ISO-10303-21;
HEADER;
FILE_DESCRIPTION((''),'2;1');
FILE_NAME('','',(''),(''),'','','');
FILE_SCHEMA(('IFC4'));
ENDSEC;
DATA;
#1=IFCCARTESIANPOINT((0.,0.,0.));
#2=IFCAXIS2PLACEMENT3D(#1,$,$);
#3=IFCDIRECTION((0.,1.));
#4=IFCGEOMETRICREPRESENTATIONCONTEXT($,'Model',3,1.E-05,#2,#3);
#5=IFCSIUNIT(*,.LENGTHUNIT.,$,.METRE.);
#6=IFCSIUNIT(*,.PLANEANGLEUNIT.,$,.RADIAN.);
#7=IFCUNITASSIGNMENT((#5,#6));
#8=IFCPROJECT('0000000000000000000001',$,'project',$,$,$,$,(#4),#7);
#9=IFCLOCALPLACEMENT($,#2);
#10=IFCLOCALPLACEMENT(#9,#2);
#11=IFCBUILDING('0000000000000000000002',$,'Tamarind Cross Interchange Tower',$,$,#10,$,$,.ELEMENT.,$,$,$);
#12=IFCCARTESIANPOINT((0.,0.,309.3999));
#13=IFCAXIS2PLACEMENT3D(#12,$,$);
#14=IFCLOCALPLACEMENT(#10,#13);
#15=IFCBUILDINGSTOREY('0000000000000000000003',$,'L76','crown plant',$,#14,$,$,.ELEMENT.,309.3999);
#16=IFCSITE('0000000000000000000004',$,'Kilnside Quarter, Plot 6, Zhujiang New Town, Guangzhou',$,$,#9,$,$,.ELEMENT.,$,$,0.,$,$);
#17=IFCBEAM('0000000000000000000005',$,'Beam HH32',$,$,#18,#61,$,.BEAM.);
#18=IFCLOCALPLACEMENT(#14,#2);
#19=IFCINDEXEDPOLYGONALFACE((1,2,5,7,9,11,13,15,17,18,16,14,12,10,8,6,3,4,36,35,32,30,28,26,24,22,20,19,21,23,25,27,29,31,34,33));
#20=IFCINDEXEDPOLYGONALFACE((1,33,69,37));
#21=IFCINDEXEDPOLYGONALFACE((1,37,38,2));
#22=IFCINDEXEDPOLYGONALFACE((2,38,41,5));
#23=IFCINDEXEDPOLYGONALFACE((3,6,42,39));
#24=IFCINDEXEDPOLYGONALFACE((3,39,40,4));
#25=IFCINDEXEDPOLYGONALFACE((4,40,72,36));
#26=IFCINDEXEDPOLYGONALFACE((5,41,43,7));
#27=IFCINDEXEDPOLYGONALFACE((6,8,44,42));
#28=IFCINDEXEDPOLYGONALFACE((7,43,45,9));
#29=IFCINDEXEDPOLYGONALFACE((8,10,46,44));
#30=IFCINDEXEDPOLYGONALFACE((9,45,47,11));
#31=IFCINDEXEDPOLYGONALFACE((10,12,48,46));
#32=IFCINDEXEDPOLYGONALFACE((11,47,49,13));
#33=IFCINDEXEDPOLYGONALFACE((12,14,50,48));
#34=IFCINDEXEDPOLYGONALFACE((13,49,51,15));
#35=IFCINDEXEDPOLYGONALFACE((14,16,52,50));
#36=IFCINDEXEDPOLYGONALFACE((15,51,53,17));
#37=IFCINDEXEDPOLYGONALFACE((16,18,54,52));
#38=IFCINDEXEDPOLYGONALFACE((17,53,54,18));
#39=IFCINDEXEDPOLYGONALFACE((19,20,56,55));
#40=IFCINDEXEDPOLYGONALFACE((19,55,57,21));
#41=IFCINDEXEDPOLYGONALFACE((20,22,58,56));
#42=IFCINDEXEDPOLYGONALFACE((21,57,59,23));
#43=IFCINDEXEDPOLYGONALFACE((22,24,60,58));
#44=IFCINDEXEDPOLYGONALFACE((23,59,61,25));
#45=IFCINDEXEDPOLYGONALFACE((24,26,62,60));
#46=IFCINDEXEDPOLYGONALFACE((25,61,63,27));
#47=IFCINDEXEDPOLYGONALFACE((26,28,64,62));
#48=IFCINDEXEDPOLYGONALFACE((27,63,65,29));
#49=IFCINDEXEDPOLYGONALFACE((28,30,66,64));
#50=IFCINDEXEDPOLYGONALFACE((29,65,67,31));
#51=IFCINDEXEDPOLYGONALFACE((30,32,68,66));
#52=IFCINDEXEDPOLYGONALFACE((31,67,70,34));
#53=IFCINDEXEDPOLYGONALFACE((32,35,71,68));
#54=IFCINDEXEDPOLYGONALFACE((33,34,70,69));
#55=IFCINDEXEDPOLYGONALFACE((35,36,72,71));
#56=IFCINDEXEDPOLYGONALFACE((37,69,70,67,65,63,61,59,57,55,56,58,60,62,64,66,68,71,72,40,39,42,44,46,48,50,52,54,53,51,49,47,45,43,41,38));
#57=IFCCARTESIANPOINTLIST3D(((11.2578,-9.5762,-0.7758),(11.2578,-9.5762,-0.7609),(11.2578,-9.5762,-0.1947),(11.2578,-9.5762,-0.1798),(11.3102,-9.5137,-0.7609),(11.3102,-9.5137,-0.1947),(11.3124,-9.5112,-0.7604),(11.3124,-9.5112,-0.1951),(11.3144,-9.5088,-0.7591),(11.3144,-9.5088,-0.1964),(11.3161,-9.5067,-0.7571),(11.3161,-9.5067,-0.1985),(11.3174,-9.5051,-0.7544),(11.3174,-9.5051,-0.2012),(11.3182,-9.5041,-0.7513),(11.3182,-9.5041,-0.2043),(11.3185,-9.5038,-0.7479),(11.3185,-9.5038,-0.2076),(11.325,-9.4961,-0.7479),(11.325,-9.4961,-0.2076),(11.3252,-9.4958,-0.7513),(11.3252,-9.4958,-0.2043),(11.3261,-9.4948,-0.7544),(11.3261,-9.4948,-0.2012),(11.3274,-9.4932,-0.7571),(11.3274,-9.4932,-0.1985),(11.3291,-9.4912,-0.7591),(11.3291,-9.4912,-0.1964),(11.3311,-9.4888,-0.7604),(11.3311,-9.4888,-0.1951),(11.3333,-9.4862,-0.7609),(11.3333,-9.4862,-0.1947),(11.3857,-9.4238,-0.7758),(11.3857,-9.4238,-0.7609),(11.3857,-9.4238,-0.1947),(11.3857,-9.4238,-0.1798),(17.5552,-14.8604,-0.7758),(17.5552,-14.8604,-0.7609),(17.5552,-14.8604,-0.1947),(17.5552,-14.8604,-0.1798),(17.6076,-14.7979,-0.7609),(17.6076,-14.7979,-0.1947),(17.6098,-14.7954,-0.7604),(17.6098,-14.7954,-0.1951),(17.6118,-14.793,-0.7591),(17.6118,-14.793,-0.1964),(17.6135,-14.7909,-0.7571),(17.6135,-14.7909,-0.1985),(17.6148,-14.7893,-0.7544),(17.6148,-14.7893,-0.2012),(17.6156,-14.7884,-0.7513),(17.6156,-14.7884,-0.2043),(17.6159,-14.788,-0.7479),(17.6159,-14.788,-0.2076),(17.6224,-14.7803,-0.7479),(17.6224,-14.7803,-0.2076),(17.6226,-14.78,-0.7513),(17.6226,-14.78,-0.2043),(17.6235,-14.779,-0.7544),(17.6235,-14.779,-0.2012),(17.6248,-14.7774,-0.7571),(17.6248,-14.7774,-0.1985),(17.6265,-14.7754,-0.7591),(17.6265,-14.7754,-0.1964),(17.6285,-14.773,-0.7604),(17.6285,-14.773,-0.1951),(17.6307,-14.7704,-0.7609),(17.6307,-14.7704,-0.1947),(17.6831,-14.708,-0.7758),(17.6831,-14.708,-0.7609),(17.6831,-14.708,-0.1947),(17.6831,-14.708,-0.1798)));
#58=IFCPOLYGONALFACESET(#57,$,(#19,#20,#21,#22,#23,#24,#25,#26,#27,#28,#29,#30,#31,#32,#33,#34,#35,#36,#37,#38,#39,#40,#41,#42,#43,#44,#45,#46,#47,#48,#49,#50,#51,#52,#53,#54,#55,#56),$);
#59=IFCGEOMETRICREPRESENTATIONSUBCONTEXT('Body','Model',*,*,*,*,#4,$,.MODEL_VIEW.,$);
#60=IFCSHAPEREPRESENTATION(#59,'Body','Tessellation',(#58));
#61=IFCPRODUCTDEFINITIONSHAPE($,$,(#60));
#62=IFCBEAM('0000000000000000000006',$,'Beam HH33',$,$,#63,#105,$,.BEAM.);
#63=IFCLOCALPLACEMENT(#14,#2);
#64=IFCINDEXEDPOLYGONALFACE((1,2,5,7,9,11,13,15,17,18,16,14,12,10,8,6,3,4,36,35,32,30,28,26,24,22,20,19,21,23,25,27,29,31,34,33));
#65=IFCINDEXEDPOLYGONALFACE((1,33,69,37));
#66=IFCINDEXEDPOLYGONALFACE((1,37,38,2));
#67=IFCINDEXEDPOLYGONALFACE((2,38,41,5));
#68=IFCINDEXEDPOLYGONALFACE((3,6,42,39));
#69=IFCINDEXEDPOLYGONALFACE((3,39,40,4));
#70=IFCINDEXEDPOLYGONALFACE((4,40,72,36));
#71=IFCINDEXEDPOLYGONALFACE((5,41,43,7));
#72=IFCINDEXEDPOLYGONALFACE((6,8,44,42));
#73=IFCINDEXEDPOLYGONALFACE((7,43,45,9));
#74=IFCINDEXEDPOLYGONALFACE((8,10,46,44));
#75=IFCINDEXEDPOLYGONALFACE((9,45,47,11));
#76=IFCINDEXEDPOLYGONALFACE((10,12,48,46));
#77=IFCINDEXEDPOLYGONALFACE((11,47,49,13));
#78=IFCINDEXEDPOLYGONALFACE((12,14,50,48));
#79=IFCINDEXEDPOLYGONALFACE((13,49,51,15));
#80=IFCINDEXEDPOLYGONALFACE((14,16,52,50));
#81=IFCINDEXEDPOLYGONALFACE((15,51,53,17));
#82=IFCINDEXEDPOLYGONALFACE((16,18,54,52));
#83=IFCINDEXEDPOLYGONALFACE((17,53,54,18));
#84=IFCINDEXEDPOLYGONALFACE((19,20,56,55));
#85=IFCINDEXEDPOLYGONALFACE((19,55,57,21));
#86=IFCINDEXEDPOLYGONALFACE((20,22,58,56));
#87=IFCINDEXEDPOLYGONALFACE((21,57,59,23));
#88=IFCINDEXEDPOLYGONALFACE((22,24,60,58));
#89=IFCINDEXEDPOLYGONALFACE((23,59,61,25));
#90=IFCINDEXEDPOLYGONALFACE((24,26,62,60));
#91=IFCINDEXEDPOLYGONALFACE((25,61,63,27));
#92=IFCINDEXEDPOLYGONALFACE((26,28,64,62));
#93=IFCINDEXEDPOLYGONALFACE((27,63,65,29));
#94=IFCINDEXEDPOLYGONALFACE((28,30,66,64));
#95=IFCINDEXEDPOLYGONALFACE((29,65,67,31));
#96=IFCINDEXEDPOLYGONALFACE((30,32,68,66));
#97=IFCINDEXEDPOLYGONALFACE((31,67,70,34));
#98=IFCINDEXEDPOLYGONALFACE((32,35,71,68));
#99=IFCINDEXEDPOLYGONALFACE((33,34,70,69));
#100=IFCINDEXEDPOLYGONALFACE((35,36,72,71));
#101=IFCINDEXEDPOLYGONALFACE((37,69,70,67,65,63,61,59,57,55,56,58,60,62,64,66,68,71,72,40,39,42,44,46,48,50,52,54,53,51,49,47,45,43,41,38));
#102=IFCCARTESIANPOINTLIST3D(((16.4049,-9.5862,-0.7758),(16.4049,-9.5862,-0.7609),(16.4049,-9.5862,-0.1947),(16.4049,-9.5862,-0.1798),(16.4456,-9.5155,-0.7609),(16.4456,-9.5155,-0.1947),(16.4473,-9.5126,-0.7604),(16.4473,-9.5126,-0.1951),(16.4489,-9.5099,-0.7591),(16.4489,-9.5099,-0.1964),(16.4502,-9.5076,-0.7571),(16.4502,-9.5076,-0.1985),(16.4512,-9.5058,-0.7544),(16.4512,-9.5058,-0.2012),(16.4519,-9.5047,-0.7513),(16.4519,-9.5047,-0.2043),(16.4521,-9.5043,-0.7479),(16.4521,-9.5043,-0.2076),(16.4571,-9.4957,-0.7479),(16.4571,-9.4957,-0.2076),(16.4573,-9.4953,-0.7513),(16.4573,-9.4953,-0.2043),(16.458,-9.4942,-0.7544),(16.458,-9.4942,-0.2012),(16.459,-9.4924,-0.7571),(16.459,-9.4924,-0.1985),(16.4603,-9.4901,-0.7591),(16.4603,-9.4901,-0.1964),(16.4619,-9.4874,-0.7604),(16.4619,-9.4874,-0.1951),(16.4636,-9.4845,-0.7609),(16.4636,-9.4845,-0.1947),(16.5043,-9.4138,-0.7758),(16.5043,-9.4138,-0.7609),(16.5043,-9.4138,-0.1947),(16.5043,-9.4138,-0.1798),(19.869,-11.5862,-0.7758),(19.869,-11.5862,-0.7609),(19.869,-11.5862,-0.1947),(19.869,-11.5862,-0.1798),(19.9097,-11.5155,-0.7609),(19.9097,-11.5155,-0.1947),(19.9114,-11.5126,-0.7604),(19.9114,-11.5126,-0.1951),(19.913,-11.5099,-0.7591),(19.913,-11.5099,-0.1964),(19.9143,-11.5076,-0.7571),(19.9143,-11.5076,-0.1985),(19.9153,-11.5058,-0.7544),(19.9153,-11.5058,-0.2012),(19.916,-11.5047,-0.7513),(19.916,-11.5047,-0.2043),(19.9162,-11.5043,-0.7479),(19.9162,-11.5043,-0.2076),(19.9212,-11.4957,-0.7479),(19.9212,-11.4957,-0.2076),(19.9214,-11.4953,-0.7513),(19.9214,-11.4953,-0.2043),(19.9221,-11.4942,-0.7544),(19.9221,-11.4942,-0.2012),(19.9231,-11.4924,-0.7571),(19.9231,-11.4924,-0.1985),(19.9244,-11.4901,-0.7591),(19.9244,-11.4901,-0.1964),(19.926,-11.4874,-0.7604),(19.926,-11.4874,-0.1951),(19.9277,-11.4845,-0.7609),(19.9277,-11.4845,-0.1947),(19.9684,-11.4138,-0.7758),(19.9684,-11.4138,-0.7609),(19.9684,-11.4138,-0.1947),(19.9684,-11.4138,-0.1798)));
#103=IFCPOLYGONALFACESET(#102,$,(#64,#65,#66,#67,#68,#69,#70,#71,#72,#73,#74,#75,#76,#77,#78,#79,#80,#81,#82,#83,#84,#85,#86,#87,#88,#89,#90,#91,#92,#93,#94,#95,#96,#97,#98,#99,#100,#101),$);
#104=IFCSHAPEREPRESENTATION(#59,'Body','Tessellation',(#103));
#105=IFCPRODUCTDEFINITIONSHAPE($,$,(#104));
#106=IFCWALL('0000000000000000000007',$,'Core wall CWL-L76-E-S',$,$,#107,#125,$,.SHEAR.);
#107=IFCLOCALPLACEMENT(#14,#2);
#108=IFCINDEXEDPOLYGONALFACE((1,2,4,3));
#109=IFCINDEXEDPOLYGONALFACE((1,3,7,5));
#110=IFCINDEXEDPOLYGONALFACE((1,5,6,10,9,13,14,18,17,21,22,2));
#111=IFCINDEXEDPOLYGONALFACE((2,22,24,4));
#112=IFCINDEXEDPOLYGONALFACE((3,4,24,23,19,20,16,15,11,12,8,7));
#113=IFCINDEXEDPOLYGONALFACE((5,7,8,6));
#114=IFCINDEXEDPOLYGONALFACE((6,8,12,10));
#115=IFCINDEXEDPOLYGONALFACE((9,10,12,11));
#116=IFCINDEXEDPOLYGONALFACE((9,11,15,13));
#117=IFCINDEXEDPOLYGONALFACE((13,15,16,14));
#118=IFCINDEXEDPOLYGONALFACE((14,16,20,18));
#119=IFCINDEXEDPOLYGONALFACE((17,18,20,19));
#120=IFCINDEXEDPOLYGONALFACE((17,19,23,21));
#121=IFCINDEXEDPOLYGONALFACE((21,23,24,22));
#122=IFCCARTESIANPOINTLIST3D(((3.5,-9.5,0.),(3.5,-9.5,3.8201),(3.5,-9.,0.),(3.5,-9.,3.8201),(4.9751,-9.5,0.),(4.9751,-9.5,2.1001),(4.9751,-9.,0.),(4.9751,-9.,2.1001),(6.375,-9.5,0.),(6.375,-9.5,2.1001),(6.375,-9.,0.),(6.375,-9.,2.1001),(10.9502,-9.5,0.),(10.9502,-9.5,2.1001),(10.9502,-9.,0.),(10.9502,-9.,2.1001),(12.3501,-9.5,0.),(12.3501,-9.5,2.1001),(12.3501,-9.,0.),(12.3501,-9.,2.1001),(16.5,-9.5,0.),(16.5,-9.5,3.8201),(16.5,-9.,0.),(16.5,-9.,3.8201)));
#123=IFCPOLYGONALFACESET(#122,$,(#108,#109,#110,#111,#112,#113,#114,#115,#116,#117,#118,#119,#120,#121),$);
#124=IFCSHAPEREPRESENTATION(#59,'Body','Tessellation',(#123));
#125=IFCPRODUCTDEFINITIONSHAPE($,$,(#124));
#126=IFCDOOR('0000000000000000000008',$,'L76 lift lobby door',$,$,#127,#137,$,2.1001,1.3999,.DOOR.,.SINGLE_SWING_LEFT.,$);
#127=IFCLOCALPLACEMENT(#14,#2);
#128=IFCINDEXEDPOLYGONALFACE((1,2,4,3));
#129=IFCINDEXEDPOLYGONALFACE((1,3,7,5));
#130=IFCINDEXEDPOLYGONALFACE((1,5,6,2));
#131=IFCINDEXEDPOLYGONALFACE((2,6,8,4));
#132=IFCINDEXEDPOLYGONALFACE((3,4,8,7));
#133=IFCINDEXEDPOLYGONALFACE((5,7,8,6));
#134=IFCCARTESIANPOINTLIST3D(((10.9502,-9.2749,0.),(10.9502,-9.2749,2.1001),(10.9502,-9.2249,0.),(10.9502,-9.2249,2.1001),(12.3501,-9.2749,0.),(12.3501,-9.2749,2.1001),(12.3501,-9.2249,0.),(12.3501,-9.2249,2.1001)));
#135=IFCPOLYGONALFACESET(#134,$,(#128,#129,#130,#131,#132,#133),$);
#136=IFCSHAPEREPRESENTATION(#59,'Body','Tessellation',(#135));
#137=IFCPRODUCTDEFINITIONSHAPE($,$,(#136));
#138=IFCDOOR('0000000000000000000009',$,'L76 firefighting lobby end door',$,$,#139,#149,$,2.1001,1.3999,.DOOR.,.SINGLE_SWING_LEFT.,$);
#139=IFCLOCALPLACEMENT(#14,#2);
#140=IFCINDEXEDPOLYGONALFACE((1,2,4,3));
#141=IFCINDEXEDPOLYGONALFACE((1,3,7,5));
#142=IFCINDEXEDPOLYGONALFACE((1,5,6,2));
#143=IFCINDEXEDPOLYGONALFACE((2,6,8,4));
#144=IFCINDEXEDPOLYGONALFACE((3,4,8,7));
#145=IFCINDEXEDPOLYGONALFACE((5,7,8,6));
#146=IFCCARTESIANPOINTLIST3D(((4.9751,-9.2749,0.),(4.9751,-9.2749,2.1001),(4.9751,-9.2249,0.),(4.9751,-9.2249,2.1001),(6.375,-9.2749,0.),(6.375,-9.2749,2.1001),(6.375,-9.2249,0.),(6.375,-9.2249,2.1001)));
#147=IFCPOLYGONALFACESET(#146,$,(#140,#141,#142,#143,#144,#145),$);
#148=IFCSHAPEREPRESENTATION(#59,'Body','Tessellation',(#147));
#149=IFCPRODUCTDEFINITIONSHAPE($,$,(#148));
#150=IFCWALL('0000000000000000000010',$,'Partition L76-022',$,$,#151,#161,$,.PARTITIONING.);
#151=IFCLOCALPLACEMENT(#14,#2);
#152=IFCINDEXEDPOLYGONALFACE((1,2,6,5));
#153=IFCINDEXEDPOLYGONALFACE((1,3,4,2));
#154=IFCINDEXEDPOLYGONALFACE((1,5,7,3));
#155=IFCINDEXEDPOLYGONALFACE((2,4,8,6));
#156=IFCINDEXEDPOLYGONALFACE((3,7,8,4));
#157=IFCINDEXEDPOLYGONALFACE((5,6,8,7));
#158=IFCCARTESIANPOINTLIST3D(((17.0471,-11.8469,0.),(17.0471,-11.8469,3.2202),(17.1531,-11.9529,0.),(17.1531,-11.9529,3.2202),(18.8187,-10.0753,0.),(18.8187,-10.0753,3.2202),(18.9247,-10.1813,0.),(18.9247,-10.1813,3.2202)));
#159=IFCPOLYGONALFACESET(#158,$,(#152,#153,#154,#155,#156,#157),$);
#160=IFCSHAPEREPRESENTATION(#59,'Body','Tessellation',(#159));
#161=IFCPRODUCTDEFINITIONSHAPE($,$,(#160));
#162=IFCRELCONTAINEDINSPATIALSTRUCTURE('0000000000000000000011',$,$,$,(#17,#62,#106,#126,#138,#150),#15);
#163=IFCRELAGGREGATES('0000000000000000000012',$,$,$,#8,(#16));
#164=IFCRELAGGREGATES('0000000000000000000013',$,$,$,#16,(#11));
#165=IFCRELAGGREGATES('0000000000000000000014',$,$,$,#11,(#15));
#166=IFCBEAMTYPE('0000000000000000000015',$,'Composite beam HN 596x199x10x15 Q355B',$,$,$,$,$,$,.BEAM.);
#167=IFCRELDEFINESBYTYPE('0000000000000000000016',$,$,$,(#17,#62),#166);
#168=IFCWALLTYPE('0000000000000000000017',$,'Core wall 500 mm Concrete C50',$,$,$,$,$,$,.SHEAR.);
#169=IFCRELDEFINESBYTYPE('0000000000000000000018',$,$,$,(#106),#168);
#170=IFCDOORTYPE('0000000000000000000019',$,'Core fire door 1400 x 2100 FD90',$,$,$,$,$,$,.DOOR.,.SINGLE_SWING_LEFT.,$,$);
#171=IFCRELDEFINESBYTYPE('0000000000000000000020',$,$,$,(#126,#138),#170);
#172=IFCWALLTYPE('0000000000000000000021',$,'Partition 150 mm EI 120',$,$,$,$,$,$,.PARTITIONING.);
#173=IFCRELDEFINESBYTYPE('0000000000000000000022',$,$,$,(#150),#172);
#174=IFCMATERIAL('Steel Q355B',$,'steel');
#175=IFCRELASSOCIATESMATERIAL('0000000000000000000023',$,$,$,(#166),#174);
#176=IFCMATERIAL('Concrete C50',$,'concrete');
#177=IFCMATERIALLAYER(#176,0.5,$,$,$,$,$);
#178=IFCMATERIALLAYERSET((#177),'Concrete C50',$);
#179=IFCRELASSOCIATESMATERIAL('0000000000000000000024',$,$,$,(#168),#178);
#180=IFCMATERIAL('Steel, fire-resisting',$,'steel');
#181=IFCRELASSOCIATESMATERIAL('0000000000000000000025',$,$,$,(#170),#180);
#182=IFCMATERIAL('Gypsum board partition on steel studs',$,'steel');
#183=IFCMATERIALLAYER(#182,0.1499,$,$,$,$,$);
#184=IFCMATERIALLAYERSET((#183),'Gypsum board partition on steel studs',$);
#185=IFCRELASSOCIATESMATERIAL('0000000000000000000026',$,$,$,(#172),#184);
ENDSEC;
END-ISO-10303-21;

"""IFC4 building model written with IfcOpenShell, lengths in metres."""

from ifc_helpers import new_model, si_unit, direction, frame, frame_2d, origin, origin_2d, place, context, subcontext, project, spatial, rectangle, i_section, extrude, material, layer, layer_set, material_profile, profile_set, type_object, element, fill, save


model = new_model("IFC4")

# Units and contexts
model_context = context("Model", 3, precision=1e-05, world=origin(), true_north=direction((0.0, 1.0)))
body_context = subcontext(model_context, "Body", "Model", "MODEL_VIEW")
ifc_project = project(units=[si_unit("LENGTHUNIT", "METRE"), si_unit("PLANEANGLEUNIT", "RADIAN")], contexts=[model_context])

# Site, building, storey
site_placement = place(None, origin())
site = spatial("IfcSite", under=ifc_project, at=site_placement, Name="Kilnside Quarter, Plot 6, Zhujiang New Town, Guangzhou", CompositionType="ELEMENT", RefElevation=0.0)
building_placement = place(site_placement, origin())
building = spatial("IfcBuilding", under=site, at=building_placement, Name="Tamarind Cross Interchange Tower", CompositionType="ELEMENT")
storey_placement = place(building_placement, frame((0.0, 0.0, 309.3999)))
storey = spatial("IfcBuildingStorey", under=building, at=storey_placement, Name="L76", Description="crown plant", CompositionType="ELEMENT", Elevation=309.3999)

# Beams
ifc_material_1 = material(Name="Steel Q355B", Category="steel")
ifc_material_profile_1 = material_profile(ifc_material_1, i_section(OverallWidth=0.199, OverallDepth=0.5959, WebThickness=0.01, FlangeThickness=0.0149, FilletRadius=0.0129, at=origin_2d()), Name="HN 596x199x10x15")
ifc_profile_set_1 = profile_set([ifc_material_profile_1], Name="Steel Q355B")
beam_type = type_object("IfcBeamType", Name="Composite beam HN 596x199x10x15 Q355B", PredefinedType="BEAM", material=ifc_profile_set_1)
beam_1_placement = place(storey_placement, frame((17.6191, -14.7842, -0.4778), z_axis=(-0.766041, 0.642792, 0.0), x_axis=(-0.642792, -0.766041, 0.0)))
element("IfcBeam", 1, at=beam_1_placement, inside=storey, type_object=beam_type, Name="Beam HH32", PredefinedType="BEAM", context=body_context, shape_type="SweptSolid", body=[
    extrude(i_section(OverallWidth=0.199, OverallDepth=0.5959, WebThickness=0.01, FlangeThickness=0.0149, FilletRadius=0.0129, at=origin_2d()), origin(), (0.0, 0.0, 1.0), 8.2207),
])
beam_2_placement = place(storey_placement, frame((19.9187, -11.5, -0.4778), z_axis=(-0.866026, 0.499999, 0.0), x_axis=(-0.499999, -0.866026, 0.0)))
element("IfcBeam", 2, at=beam_2_placement, inside=storey, type_object=beam_type, Name="Beam HH33", PredefinedType="BEAM", context=body_context, shape_type="SweptSolid", body=[
    extrude(i_section(OverallWidth=0.199, OverallDepth=0.5959, WebThickness=0.01, FlangeThickness=0.0149, FilletRadius=0.0129, at=origin_2d()), origin(), (0.0, 0.0, 1.0), 4.0),
])

# Wall, openings, doors
ifc_material_2 = material(Name="Concrete C50", Category="concrete")
ifc_layer_1 = layer(ifc_material_2, 0.5)
ifc_layer_set_1 = layer_set([ifc_layer_1], Name="Concrete C50")
wall_type_1 = type_object("IfcWallType", Name="Core wall 500 mm Concrete C50", PredefinedType="SHEAR", material=ifc_layer_set_1)
wall_1_placement = place(storey_placement, frame((16.5, -9.25, 0.0), z_axis=(0.0, 0.0, 1.0), x_axis=(-1.0, 0.0, 0.0)))
wall_1 = element("IfcWall", 3, at=wall_1_placement, inside=storey, type_object=wall_type_1, Name="Core wall CWL-L76-E-S", PredefinedType="SHEAR", context=body_context, shape_type="SweptSolid", body=[
    extrude(rectangle(XDim=13.0, YDim=0.5, at=frame_2d((6.5, 0.0))), origin(), (0.0, 0.0, 1.0), 3.8201),
])
opening_1_placement = place(wall_1_placement, frame((4.1499, 0.0, 0.0)))
opening_1 = element("IfcOpeningElement", 4, at=opening_1_placement, cuts=wall_1, PredefinedType="OPENING", context=body_context, shape_type="SweptSolid", body=[
    extrude(rectangle(XDim=1.3999, YDim=2.1001, at=frame_2d((0.7, 1.05))), frame((0.0, 0.26, 0.0), z_axis=(0.0, -1.0, 0.0), x_axis=(1.0, 0.0, 0.0)), (0.0, 0.0, 1.0), 0.52),
])
opening_2_placement = place(wall_1_placement, frame((10.125, 0.0, 0.0)))
opening_2 = element("IfcOpeningElement", 5, at=opening_2_placement, cuts=wall_1, PredefinedType="OPENING", context=body_context, shape_type="SweptSolid", body=[
    extrude(rectangle(XDim=1.3999, YDim=2.1001, at=frame_2d((0.7, 1.05))), frame((0.0, 0.26, 0.0), z_axis=(0.0, -1.0, 0.0), x_axis=(1.0, 0.0, 0.0)), (0.0, 0.0, 1.0), 0.52),
])
ifc_material_3 = material(Name="Steel, fire-resisting", Category="steel")
door_type_1 = type_object("IfcDoorType", Name="Core fire door 1400 x 2100 FD90", OperationType="SINGLE_SWING_LEFT", PredefinedType="DOOR", material=ifc_material_3)
door_1_placement = place(opening_1_placement, origin())
door_1 = element("IfcDoor", 6, at=door_1_placement, inside=storey, type_object=door_type_1, Name="L76 lift lobby door", OperationType="SINGLE_SWING_LEFT", OverallHeight=2.1001, OverallWidth=1.3999, PredefinedType="DOOR", context=body_context, shape_type="SweptSolid", body=[
    extrude(rectangle(XDim=1.3999, YDim=2.1001, at=frame_2d((0.7, 1.05))), frame((0.0, 0.0249, 0.0), z_axis=(0.0, -1.0, 0.0), x_axis=(1.0, 0.0, 0.0)), (0.0, 0.0, 1.0), 0.05),
])
fill(opening_1, door_1)
door_2_placement = place(opening_2_placement, origin())
door_2 = element("IfcDoor", 7, at=door_2_placement, inside=storey, type_object=door_type_1, Name="L76 firefighting lobby end door", OperationType="SINGLE_SWING_LEFT", OverallHeight=2.1001, OverallWidth=1.3999, PredefinedType="DOOR", context=body_context, shape_type="SweptSolid", body=[
    extrude(rectangle(XDim=1.3999, YDim=2.1001, at=frame_2d((0.7, 1.05))), frame((0.0, 0.0249, 0.0), z_axis=(0.0, -1.0, 0.0), x_axis=(1.0, 0.0, 0.0)), (0.0, 0.0, 1.0), 0.05),
])
fill(opening_2, door_2)

# Wall
ifc_material_4 = material(Name="Gypsum board partition on steel studs", Category="steel")
ifc_layer_2 = layer(ifc_material_4, 0.1499)
ifc_layer_set_2 = layer_set([ifc_layer_2], Name="Gypsum board partition on steel studs")
wall_type_2 = type_object("IfcWallType", Name="Partition 150 mm EI 120", PredefinedType="PARTITIONING", material=ifc_layer_set_2)
wall_2_placement = place(storey_placement, frame((17.1001, -11.8999, 0.0), z_axis=(0.0, 0.0, 1.0), x_axis=(0.707107, 0.707107, 0.0)))
element("IfcWall", 8, at=wall_2_placement, inside=storey, type_object=wall_type_2, Name="Partition L76-022", PredefinedType="PARTITIONING", context=body_context, shape_type="SweptSolid", body=[
    extrude(rectangle(XDim=2.5054, YDim=0.1499, at=frame_2d((1.2527, 0.0))), origin(), (0.0, 0.0, 1.0), 3.2202),
])

save(model, "model.ifc")
